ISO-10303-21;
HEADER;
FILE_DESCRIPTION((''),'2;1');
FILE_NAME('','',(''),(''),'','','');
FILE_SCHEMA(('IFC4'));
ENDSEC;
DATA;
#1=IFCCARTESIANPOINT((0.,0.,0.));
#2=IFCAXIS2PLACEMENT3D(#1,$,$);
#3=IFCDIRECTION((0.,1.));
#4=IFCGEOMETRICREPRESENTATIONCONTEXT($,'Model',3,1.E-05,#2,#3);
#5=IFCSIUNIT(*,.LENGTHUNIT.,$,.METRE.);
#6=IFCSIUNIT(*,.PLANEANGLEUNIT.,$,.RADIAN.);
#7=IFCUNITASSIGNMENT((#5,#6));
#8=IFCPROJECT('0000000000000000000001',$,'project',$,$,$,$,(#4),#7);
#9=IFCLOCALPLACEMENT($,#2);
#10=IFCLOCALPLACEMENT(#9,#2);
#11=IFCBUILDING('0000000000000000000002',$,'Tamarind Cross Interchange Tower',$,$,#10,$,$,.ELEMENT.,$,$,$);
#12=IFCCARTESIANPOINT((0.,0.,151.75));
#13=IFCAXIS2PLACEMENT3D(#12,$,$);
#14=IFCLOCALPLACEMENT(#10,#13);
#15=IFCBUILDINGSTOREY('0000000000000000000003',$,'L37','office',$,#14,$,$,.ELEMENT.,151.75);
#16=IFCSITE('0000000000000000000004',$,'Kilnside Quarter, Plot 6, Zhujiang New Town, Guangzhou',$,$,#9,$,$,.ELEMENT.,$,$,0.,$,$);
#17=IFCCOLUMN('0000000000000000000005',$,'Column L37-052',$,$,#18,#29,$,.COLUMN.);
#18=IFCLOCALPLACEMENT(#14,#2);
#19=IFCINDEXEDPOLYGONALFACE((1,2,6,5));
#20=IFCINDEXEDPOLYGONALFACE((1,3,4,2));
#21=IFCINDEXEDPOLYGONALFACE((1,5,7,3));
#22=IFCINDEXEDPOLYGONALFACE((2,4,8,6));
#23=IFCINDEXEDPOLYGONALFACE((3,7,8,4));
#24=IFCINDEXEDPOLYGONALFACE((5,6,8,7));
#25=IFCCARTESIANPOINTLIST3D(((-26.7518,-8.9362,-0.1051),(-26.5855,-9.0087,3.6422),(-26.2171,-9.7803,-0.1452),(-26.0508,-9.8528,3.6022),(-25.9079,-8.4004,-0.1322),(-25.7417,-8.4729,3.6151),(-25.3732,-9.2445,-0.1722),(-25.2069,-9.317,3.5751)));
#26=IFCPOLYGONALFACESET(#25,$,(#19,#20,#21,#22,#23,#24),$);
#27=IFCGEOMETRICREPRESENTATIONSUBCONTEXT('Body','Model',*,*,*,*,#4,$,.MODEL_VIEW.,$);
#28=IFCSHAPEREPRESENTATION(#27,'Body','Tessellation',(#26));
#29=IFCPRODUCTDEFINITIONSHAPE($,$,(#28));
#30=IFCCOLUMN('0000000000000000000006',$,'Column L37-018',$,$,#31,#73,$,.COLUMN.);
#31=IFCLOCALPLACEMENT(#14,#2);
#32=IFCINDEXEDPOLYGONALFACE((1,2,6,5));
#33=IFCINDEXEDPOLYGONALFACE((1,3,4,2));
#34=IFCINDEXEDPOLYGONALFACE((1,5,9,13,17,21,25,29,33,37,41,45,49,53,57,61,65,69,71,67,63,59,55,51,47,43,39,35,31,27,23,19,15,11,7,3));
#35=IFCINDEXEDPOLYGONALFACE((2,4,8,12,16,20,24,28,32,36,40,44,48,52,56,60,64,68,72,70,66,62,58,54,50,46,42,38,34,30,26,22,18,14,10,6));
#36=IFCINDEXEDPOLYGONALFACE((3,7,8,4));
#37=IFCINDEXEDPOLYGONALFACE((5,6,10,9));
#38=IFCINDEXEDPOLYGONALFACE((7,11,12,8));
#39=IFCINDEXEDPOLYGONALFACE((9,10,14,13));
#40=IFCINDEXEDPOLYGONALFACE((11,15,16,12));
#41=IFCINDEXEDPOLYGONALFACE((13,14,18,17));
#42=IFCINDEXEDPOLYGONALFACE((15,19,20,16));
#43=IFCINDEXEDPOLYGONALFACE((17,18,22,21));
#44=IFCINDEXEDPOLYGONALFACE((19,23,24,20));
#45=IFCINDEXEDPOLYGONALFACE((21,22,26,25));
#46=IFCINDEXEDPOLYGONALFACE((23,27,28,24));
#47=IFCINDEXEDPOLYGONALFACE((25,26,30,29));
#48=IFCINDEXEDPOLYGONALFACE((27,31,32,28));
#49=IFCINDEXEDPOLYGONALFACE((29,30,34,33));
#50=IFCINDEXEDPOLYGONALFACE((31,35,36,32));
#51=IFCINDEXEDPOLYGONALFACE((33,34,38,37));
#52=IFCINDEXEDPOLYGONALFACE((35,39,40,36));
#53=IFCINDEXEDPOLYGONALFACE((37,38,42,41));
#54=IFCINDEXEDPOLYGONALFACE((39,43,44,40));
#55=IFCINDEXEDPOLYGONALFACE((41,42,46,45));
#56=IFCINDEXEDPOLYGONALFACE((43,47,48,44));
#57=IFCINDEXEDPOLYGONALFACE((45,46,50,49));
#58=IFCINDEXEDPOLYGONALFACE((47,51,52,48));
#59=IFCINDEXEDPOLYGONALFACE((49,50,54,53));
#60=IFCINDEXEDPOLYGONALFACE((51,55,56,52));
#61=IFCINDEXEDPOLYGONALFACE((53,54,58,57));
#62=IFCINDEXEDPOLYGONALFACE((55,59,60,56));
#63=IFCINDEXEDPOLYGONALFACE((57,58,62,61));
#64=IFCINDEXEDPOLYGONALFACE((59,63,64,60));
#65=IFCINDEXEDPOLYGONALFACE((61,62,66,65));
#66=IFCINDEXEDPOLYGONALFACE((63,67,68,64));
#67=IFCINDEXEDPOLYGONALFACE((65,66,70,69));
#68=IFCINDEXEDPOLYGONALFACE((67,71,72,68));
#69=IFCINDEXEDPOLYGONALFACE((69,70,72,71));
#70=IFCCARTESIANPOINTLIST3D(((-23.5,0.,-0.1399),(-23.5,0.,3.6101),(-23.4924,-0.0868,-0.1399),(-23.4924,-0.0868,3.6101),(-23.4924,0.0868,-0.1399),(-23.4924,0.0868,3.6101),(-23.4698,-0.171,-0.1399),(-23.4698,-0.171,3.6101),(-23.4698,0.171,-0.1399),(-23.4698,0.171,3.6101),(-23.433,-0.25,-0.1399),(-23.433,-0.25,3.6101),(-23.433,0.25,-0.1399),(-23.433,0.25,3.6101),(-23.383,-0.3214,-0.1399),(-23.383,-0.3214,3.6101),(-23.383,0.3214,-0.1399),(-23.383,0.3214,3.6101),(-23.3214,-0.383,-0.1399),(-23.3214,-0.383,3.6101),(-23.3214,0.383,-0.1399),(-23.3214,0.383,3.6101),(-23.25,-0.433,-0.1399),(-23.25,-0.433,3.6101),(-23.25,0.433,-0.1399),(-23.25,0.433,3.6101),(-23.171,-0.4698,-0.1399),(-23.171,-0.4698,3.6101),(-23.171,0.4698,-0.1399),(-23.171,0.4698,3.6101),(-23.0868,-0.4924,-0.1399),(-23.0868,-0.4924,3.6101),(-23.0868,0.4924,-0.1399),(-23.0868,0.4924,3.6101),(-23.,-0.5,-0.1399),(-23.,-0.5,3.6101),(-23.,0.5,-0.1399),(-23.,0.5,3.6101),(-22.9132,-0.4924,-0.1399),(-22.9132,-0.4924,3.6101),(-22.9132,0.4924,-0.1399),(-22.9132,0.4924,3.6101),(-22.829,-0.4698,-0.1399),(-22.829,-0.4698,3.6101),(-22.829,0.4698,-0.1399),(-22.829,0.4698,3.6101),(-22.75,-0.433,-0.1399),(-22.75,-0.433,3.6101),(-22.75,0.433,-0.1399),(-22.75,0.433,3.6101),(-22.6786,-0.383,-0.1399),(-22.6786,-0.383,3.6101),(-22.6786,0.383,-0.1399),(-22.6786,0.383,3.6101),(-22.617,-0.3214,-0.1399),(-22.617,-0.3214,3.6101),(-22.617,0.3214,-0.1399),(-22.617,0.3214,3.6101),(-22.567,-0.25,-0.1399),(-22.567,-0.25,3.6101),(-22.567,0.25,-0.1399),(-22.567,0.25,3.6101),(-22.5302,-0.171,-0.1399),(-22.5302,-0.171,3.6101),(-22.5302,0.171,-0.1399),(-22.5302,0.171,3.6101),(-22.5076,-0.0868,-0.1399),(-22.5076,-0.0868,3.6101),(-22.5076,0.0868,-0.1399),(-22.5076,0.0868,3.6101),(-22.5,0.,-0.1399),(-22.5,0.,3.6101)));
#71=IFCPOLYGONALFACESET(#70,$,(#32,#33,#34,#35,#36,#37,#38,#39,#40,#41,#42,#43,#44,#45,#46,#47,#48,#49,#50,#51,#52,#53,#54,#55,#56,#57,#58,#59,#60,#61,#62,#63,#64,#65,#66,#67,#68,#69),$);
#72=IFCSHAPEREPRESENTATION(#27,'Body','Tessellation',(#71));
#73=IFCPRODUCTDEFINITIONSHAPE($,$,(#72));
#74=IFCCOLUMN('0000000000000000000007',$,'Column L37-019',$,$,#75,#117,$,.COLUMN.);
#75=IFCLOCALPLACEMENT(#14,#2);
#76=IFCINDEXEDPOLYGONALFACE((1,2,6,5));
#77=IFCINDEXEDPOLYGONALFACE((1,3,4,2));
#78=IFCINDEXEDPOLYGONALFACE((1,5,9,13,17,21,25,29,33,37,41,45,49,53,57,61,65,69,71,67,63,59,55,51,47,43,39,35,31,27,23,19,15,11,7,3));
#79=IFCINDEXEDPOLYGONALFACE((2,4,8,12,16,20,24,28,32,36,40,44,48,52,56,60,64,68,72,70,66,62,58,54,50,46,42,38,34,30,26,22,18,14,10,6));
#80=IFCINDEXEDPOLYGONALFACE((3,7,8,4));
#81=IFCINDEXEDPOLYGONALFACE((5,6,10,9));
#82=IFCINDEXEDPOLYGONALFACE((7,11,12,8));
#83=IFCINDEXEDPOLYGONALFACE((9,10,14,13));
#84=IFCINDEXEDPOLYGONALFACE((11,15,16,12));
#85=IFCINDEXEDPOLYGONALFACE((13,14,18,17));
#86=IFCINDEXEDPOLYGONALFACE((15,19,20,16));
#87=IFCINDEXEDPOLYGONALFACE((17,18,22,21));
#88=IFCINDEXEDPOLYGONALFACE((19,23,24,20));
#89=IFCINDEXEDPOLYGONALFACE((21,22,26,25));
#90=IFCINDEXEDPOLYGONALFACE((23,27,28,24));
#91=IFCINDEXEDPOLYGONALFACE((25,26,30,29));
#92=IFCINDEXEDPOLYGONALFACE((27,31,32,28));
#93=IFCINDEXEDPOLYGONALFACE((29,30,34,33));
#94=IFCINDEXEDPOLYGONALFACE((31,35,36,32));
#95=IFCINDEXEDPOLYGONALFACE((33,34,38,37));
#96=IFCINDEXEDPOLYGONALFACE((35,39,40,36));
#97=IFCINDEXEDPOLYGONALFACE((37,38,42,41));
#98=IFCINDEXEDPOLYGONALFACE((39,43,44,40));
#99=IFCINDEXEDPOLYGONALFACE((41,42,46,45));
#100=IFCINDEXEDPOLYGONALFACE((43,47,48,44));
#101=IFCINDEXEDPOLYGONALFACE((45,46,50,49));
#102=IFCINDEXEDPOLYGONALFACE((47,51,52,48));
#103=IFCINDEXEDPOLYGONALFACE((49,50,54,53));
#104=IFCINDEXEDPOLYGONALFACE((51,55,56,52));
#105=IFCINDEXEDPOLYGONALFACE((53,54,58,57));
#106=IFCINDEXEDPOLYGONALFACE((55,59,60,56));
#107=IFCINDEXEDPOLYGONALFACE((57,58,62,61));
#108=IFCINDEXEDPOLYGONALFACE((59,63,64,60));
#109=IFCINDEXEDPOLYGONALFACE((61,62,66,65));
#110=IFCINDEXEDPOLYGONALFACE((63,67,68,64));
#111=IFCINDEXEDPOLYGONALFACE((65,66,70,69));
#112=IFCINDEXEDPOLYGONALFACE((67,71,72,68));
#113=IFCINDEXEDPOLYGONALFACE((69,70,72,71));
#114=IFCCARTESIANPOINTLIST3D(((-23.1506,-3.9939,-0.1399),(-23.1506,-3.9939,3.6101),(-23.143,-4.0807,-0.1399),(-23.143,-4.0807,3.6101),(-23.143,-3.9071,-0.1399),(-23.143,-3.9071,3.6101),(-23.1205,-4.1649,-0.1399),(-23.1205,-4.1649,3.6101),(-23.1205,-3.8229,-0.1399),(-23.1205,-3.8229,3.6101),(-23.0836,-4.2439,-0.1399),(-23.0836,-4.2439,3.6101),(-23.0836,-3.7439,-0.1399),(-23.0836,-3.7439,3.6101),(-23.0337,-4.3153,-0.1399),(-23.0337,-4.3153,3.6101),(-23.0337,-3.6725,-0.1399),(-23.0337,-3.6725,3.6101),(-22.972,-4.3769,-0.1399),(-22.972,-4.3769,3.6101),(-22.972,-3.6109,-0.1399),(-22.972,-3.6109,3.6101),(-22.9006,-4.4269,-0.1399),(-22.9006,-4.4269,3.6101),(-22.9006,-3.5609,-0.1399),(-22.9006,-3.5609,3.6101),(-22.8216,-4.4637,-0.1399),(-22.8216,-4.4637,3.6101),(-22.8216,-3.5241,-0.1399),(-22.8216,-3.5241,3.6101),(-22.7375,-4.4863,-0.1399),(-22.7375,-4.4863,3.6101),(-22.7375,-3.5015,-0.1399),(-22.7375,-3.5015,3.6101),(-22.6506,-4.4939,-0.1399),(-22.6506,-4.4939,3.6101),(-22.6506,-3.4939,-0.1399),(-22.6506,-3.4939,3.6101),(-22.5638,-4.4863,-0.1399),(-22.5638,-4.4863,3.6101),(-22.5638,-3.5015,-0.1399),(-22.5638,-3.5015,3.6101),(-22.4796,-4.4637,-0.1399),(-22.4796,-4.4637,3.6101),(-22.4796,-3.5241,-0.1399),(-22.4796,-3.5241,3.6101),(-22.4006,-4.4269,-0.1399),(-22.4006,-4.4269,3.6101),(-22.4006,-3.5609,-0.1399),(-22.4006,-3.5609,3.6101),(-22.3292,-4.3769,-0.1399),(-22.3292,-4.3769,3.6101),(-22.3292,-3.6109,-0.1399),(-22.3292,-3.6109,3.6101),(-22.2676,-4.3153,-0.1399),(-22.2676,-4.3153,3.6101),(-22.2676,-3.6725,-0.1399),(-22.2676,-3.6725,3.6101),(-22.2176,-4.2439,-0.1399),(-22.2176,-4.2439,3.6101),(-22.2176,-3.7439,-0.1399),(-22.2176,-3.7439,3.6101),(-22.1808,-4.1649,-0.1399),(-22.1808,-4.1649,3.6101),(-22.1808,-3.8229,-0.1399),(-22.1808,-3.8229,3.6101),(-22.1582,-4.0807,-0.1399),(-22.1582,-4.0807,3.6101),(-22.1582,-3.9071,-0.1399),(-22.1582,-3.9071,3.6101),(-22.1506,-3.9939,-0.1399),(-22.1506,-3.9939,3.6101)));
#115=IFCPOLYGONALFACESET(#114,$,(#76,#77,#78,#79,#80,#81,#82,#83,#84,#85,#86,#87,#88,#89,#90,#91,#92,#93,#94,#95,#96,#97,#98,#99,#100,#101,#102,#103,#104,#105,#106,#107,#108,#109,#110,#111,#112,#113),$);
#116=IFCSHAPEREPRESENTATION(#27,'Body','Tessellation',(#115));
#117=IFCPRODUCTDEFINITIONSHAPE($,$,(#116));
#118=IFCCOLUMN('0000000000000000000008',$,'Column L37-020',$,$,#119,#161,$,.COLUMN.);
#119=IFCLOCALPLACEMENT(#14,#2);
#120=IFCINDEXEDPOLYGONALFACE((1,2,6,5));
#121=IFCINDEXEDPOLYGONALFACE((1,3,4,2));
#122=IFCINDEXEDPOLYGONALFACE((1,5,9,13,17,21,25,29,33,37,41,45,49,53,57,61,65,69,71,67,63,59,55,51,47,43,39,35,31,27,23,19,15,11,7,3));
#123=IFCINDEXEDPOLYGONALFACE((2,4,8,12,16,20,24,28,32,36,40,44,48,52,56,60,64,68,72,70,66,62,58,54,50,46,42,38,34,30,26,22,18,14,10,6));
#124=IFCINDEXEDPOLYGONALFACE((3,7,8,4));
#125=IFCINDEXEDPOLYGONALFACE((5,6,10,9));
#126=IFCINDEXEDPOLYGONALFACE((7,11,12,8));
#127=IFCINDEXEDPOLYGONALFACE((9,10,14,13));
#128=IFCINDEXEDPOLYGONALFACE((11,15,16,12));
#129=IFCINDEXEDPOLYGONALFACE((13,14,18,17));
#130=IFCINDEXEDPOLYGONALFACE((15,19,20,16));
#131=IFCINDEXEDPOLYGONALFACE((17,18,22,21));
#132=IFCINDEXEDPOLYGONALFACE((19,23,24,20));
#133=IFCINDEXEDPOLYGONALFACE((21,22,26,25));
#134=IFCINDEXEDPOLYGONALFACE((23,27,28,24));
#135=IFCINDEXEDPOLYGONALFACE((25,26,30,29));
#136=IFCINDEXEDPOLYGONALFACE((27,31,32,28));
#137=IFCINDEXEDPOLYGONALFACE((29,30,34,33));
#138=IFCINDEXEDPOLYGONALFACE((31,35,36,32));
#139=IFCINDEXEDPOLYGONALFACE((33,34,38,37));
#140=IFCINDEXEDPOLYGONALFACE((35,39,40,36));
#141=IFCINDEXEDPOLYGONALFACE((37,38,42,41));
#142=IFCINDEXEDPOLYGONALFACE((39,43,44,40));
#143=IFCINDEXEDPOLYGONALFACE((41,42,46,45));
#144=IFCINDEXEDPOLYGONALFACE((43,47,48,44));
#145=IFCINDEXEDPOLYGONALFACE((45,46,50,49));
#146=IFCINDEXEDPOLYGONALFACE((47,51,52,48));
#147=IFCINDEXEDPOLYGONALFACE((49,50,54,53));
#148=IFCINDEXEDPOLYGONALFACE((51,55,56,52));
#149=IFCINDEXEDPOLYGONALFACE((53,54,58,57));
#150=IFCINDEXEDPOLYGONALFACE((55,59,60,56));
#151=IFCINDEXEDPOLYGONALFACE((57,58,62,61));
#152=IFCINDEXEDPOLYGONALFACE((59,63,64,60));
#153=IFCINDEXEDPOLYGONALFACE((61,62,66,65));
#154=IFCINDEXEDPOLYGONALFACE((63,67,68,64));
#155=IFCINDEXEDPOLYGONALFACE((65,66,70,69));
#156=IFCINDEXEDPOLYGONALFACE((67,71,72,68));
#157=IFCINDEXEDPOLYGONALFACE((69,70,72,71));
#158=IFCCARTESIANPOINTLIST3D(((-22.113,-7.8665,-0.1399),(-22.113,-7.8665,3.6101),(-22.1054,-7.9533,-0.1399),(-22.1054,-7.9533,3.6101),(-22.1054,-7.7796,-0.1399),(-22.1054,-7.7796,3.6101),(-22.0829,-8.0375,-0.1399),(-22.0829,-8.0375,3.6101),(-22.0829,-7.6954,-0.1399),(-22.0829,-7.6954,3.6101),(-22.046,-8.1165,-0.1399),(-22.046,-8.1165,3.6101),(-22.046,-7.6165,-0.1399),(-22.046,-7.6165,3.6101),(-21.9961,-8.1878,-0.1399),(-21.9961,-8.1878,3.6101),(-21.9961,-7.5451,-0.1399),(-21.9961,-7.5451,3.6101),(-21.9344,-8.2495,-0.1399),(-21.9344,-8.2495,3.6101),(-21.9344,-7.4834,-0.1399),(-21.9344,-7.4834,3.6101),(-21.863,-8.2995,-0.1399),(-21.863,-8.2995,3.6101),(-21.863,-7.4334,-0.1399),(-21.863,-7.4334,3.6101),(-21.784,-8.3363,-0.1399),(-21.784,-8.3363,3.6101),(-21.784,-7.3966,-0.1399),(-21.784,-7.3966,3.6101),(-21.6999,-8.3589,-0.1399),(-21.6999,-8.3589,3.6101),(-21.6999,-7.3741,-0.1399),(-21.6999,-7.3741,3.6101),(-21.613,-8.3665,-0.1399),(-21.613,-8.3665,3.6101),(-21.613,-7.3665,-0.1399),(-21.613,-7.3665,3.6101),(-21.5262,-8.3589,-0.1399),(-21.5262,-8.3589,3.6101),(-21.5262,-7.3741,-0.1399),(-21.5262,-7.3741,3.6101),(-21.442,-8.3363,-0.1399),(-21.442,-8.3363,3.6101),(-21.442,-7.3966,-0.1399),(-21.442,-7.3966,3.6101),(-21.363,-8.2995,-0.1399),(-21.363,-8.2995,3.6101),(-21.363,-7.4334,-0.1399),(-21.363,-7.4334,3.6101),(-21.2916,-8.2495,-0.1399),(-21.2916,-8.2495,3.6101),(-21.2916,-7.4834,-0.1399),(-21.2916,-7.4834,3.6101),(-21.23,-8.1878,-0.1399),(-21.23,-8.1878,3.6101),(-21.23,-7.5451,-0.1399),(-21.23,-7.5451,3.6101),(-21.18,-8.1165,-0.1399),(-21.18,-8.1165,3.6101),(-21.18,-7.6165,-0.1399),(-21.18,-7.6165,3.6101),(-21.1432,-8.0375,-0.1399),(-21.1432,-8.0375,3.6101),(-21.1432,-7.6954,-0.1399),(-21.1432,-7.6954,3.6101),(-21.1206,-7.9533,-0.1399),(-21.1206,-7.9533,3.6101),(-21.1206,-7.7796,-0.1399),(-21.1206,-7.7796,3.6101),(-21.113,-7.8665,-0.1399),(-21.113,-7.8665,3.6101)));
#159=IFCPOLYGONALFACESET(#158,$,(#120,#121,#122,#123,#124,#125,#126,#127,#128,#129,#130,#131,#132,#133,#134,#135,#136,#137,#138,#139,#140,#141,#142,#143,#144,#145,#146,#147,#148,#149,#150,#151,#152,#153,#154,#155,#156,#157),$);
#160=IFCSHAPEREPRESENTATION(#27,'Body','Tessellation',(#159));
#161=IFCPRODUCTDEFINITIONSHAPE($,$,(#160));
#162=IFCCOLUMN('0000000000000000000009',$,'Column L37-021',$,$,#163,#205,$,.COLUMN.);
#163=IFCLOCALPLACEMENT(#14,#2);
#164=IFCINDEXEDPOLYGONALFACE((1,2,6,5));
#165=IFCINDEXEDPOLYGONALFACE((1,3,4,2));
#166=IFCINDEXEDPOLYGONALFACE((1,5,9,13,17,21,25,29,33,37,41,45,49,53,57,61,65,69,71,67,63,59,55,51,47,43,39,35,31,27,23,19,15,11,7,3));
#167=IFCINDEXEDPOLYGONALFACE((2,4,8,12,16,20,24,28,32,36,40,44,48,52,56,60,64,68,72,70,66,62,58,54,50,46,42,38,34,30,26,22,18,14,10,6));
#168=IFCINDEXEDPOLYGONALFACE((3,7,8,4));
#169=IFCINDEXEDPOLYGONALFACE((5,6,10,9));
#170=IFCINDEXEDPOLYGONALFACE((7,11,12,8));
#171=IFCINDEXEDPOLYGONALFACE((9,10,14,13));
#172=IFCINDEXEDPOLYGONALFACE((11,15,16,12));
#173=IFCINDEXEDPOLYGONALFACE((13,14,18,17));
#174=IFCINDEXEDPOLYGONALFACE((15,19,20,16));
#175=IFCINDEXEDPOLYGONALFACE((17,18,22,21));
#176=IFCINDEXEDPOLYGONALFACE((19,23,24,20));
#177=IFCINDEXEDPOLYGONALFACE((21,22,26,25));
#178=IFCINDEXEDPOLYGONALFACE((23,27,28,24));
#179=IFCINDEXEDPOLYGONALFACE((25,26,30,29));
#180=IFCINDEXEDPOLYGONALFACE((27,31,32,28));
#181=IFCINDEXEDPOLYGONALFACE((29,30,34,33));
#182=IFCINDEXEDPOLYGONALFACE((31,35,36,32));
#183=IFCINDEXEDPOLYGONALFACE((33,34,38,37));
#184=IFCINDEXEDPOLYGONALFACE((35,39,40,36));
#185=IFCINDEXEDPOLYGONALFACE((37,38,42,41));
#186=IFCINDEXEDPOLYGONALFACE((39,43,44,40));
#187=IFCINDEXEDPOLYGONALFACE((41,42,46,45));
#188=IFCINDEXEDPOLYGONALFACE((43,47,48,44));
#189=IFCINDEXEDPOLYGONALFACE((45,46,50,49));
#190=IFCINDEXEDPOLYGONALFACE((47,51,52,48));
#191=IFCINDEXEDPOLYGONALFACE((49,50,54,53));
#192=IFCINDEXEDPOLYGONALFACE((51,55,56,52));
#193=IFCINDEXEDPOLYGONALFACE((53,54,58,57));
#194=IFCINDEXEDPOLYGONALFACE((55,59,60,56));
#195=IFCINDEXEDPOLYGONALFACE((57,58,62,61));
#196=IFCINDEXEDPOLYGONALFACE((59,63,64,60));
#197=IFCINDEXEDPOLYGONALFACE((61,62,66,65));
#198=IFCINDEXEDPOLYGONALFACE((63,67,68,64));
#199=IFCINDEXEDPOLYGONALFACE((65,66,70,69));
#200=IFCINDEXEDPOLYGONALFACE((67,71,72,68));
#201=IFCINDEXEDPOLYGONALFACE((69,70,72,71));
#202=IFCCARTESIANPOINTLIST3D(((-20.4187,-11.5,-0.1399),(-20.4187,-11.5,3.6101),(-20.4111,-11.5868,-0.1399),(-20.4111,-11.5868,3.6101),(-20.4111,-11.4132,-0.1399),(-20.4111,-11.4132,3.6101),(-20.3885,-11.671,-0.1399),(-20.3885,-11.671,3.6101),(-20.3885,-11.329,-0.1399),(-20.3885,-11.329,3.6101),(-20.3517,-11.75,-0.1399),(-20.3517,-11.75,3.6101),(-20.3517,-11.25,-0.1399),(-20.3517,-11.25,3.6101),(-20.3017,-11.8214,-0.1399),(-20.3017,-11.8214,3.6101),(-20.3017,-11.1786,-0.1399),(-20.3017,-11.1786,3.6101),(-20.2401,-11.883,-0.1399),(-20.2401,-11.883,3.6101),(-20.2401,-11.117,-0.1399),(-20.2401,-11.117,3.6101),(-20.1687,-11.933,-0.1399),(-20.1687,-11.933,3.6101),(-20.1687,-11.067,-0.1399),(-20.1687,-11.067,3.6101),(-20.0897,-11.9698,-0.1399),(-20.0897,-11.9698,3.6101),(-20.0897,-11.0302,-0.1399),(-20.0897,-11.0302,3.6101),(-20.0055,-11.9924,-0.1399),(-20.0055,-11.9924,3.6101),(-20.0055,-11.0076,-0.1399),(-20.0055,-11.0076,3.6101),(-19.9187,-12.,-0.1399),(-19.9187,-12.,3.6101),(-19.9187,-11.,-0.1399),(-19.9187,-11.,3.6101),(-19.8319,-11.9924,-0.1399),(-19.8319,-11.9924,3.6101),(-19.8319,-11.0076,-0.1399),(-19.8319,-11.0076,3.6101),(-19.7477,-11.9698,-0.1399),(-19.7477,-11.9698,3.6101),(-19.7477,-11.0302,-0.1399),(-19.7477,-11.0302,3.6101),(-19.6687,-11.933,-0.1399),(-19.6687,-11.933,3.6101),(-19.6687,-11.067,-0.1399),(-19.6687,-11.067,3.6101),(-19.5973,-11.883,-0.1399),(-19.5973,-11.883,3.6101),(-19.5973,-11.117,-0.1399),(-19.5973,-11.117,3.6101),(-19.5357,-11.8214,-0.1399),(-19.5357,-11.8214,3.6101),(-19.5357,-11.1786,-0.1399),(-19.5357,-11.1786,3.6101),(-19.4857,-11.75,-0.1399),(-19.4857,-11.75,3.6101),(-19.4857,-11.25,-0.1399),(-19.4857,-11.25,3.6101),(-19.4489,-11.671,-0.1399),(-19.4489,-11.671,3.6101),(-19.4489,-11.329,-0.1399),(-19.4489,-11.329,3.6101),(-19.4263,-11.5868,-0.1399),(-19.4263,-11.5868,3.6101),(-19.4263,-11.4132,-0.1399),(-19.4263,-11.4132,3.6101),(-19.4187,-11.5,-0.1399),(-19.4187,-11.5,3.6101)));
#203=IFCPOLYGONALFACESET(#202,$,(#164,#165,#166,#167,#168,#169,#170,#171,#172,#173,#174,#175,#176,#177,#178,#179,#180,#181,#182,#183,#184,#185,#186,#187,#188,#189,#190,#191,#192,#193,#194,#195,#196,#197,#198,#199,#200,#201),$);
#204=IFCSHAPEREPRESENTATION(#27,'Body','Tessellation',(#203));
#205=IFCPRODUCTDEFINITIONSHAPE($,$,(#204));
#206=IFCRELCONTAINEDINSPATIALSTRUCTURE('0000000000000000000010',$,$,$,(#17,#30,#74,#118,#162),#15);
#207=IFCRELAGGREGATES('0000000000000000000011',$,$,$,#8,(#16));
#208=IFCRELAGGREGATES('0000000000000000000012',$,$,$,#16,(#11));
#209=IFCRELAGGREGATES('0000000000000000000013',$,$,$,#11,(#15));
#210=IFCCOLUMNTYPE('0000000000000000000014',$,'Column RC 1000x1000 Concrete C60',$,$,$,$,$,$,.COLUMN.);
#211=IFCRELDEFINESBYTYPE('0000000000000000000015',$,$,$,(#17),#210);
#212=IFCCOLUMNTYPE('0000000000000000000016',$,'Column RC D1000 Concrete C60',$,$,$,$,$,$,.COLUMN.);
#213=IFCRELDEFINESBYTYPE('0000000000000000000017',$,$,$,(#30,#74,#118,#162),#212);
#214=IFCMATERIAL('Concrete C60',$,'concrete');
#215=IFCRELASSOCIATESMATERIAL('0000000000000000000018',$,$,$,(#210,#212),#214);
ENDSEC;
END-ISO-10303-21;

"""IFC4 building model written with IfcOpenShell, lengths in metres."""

from ifc_helpers import new_model, si_unit, direction, frame, origin, origin_2d, place, context, subcontext, project, spatial, rectangle, circle, extrude, material, material_profile, profile_set, type_object, element, save


model = new_model("IFC4")

# Units and contexts
model_context = context("Model", 3, precision=1e-05, world=origin(), true_north=direction((0.0, 1.0)))
body_context = subcontext(model_context, "Body", "Model", "MODEL_VIEW")
ifc_project = project(units=[si_unit("LENGTHUNIT", "METRE"), si_unit("PLANEANGLEUNIT", "RADIAN")], contexts=[model_context])

# Site, building, storey
site_placement = place(None, origin())
site = spatial("IfcSite", under=ifc_project, at=site_placement, Name="Kilnside Quarter, Plot 6, Zhujiang New Town, Guangzhou", CompositionType="ELEMENT", RefElevation=0.0)
building_placement = place(site_placement, origin())
building = spatial("IfcBuilding", under=site, at=building_placement, Name="Tamarind Cross Interchange Tower", CompositionType="ELEMENT")
storey_placement = place(building_placement, frame((0.0, 0.0, 151.75)))
storey = spatial("IfcBuildingStorey", under=building, at=storey_placement, Name="L37", Description="office", CompositionType="ELEMENT", Elevation=151.75)

# Columns
ifc_material_1 = material(Name="Concrete C60", Category="concrete")
ifc_material_profile_1 = material_profile(ifc_material_1, rectangle(XDim=1.0, YDim=1.0, at=origin_2d()), Name="RC 1000x1000")
ifc_profile_set_1 = profile_set([ifc_material_profile_1], Name="Concrete C60")
column_type_1 = type_object("IfcColumnType", Name="Column RC 1000x1000 Concrete C60", PredefinedType="COLUMN", material=ifc_profile_set_1)
column_placement = place(storey_placement, frame((-26.0625, -9.0903, -0.1387), z_axis=(0.044316, -0.019327, 0.998831), x_axis=(-0.534703, 0.84409, 0.040057)))
element("IfcColumn", 1, at=column_placement, inside=storey, type_object=column_type_1, Name="Column L37-052", PredefinedType="COLUMN", context=body_context, shape_type="SweptSolid", body=[
    extrude(rectangle(XDim=1.0, YDim=1.0, at=origin_2d()), origin(), (0.0, 0.0, 1.0), 3.7517),
])
ifc_material_profile_2 = material_profile(ifc_material_1, circle(Radius=0.5, at=origin_2d()), Name="RC D1000")
ifc_profile_set_2 = profile_set([ifc_material_profile_2], Name="Concrete C60")
column_type_2 = type_object("IfcColumnType", Name="Column RC D1000 Concrete C60", PredefinedType="COLUMN", material=ifc_profile_set_2)
for number, where, z_axis, x_axis, name in (
    (2, (-23.0, 0.0, -0.1399), (0.0, 0.0, 1.0), (1.0, 0.0, 0.0), "Column L37-018"),
    (3, (-22.6506, -3.9939, -0.1399), (0.0, 0.0, 1.0), (1.0, 0.0, 0.0), "Column L37-019"),
    (4, (-21.613, -7.8665, -0.1399), (0.0, 0.0, 1.0), (1.0, 0.0, 0.0), "Column L37-020"),
    (5, (-19.9187, -11.5, -0.1399), (0.0, 0.0, 1.0), (1.0, 0.0, 0.0), "Column L37-021"),
):
    element("IfcColumn", number, at=place(storey_placement, frame(where, z_axis=z_axis, x_axis=x_axis)), inside=storey, type_object=column_type_2, Name=name, PredefinedType="COLUMN", context=body_context, shape_type="SweptSolid", body=[
        extrude(circle(Radius=0.5, at=origin_2d()), origin(), (0.0, 0.0, 1.0), 3.75),
    ])

save(model, "model.ifc")
